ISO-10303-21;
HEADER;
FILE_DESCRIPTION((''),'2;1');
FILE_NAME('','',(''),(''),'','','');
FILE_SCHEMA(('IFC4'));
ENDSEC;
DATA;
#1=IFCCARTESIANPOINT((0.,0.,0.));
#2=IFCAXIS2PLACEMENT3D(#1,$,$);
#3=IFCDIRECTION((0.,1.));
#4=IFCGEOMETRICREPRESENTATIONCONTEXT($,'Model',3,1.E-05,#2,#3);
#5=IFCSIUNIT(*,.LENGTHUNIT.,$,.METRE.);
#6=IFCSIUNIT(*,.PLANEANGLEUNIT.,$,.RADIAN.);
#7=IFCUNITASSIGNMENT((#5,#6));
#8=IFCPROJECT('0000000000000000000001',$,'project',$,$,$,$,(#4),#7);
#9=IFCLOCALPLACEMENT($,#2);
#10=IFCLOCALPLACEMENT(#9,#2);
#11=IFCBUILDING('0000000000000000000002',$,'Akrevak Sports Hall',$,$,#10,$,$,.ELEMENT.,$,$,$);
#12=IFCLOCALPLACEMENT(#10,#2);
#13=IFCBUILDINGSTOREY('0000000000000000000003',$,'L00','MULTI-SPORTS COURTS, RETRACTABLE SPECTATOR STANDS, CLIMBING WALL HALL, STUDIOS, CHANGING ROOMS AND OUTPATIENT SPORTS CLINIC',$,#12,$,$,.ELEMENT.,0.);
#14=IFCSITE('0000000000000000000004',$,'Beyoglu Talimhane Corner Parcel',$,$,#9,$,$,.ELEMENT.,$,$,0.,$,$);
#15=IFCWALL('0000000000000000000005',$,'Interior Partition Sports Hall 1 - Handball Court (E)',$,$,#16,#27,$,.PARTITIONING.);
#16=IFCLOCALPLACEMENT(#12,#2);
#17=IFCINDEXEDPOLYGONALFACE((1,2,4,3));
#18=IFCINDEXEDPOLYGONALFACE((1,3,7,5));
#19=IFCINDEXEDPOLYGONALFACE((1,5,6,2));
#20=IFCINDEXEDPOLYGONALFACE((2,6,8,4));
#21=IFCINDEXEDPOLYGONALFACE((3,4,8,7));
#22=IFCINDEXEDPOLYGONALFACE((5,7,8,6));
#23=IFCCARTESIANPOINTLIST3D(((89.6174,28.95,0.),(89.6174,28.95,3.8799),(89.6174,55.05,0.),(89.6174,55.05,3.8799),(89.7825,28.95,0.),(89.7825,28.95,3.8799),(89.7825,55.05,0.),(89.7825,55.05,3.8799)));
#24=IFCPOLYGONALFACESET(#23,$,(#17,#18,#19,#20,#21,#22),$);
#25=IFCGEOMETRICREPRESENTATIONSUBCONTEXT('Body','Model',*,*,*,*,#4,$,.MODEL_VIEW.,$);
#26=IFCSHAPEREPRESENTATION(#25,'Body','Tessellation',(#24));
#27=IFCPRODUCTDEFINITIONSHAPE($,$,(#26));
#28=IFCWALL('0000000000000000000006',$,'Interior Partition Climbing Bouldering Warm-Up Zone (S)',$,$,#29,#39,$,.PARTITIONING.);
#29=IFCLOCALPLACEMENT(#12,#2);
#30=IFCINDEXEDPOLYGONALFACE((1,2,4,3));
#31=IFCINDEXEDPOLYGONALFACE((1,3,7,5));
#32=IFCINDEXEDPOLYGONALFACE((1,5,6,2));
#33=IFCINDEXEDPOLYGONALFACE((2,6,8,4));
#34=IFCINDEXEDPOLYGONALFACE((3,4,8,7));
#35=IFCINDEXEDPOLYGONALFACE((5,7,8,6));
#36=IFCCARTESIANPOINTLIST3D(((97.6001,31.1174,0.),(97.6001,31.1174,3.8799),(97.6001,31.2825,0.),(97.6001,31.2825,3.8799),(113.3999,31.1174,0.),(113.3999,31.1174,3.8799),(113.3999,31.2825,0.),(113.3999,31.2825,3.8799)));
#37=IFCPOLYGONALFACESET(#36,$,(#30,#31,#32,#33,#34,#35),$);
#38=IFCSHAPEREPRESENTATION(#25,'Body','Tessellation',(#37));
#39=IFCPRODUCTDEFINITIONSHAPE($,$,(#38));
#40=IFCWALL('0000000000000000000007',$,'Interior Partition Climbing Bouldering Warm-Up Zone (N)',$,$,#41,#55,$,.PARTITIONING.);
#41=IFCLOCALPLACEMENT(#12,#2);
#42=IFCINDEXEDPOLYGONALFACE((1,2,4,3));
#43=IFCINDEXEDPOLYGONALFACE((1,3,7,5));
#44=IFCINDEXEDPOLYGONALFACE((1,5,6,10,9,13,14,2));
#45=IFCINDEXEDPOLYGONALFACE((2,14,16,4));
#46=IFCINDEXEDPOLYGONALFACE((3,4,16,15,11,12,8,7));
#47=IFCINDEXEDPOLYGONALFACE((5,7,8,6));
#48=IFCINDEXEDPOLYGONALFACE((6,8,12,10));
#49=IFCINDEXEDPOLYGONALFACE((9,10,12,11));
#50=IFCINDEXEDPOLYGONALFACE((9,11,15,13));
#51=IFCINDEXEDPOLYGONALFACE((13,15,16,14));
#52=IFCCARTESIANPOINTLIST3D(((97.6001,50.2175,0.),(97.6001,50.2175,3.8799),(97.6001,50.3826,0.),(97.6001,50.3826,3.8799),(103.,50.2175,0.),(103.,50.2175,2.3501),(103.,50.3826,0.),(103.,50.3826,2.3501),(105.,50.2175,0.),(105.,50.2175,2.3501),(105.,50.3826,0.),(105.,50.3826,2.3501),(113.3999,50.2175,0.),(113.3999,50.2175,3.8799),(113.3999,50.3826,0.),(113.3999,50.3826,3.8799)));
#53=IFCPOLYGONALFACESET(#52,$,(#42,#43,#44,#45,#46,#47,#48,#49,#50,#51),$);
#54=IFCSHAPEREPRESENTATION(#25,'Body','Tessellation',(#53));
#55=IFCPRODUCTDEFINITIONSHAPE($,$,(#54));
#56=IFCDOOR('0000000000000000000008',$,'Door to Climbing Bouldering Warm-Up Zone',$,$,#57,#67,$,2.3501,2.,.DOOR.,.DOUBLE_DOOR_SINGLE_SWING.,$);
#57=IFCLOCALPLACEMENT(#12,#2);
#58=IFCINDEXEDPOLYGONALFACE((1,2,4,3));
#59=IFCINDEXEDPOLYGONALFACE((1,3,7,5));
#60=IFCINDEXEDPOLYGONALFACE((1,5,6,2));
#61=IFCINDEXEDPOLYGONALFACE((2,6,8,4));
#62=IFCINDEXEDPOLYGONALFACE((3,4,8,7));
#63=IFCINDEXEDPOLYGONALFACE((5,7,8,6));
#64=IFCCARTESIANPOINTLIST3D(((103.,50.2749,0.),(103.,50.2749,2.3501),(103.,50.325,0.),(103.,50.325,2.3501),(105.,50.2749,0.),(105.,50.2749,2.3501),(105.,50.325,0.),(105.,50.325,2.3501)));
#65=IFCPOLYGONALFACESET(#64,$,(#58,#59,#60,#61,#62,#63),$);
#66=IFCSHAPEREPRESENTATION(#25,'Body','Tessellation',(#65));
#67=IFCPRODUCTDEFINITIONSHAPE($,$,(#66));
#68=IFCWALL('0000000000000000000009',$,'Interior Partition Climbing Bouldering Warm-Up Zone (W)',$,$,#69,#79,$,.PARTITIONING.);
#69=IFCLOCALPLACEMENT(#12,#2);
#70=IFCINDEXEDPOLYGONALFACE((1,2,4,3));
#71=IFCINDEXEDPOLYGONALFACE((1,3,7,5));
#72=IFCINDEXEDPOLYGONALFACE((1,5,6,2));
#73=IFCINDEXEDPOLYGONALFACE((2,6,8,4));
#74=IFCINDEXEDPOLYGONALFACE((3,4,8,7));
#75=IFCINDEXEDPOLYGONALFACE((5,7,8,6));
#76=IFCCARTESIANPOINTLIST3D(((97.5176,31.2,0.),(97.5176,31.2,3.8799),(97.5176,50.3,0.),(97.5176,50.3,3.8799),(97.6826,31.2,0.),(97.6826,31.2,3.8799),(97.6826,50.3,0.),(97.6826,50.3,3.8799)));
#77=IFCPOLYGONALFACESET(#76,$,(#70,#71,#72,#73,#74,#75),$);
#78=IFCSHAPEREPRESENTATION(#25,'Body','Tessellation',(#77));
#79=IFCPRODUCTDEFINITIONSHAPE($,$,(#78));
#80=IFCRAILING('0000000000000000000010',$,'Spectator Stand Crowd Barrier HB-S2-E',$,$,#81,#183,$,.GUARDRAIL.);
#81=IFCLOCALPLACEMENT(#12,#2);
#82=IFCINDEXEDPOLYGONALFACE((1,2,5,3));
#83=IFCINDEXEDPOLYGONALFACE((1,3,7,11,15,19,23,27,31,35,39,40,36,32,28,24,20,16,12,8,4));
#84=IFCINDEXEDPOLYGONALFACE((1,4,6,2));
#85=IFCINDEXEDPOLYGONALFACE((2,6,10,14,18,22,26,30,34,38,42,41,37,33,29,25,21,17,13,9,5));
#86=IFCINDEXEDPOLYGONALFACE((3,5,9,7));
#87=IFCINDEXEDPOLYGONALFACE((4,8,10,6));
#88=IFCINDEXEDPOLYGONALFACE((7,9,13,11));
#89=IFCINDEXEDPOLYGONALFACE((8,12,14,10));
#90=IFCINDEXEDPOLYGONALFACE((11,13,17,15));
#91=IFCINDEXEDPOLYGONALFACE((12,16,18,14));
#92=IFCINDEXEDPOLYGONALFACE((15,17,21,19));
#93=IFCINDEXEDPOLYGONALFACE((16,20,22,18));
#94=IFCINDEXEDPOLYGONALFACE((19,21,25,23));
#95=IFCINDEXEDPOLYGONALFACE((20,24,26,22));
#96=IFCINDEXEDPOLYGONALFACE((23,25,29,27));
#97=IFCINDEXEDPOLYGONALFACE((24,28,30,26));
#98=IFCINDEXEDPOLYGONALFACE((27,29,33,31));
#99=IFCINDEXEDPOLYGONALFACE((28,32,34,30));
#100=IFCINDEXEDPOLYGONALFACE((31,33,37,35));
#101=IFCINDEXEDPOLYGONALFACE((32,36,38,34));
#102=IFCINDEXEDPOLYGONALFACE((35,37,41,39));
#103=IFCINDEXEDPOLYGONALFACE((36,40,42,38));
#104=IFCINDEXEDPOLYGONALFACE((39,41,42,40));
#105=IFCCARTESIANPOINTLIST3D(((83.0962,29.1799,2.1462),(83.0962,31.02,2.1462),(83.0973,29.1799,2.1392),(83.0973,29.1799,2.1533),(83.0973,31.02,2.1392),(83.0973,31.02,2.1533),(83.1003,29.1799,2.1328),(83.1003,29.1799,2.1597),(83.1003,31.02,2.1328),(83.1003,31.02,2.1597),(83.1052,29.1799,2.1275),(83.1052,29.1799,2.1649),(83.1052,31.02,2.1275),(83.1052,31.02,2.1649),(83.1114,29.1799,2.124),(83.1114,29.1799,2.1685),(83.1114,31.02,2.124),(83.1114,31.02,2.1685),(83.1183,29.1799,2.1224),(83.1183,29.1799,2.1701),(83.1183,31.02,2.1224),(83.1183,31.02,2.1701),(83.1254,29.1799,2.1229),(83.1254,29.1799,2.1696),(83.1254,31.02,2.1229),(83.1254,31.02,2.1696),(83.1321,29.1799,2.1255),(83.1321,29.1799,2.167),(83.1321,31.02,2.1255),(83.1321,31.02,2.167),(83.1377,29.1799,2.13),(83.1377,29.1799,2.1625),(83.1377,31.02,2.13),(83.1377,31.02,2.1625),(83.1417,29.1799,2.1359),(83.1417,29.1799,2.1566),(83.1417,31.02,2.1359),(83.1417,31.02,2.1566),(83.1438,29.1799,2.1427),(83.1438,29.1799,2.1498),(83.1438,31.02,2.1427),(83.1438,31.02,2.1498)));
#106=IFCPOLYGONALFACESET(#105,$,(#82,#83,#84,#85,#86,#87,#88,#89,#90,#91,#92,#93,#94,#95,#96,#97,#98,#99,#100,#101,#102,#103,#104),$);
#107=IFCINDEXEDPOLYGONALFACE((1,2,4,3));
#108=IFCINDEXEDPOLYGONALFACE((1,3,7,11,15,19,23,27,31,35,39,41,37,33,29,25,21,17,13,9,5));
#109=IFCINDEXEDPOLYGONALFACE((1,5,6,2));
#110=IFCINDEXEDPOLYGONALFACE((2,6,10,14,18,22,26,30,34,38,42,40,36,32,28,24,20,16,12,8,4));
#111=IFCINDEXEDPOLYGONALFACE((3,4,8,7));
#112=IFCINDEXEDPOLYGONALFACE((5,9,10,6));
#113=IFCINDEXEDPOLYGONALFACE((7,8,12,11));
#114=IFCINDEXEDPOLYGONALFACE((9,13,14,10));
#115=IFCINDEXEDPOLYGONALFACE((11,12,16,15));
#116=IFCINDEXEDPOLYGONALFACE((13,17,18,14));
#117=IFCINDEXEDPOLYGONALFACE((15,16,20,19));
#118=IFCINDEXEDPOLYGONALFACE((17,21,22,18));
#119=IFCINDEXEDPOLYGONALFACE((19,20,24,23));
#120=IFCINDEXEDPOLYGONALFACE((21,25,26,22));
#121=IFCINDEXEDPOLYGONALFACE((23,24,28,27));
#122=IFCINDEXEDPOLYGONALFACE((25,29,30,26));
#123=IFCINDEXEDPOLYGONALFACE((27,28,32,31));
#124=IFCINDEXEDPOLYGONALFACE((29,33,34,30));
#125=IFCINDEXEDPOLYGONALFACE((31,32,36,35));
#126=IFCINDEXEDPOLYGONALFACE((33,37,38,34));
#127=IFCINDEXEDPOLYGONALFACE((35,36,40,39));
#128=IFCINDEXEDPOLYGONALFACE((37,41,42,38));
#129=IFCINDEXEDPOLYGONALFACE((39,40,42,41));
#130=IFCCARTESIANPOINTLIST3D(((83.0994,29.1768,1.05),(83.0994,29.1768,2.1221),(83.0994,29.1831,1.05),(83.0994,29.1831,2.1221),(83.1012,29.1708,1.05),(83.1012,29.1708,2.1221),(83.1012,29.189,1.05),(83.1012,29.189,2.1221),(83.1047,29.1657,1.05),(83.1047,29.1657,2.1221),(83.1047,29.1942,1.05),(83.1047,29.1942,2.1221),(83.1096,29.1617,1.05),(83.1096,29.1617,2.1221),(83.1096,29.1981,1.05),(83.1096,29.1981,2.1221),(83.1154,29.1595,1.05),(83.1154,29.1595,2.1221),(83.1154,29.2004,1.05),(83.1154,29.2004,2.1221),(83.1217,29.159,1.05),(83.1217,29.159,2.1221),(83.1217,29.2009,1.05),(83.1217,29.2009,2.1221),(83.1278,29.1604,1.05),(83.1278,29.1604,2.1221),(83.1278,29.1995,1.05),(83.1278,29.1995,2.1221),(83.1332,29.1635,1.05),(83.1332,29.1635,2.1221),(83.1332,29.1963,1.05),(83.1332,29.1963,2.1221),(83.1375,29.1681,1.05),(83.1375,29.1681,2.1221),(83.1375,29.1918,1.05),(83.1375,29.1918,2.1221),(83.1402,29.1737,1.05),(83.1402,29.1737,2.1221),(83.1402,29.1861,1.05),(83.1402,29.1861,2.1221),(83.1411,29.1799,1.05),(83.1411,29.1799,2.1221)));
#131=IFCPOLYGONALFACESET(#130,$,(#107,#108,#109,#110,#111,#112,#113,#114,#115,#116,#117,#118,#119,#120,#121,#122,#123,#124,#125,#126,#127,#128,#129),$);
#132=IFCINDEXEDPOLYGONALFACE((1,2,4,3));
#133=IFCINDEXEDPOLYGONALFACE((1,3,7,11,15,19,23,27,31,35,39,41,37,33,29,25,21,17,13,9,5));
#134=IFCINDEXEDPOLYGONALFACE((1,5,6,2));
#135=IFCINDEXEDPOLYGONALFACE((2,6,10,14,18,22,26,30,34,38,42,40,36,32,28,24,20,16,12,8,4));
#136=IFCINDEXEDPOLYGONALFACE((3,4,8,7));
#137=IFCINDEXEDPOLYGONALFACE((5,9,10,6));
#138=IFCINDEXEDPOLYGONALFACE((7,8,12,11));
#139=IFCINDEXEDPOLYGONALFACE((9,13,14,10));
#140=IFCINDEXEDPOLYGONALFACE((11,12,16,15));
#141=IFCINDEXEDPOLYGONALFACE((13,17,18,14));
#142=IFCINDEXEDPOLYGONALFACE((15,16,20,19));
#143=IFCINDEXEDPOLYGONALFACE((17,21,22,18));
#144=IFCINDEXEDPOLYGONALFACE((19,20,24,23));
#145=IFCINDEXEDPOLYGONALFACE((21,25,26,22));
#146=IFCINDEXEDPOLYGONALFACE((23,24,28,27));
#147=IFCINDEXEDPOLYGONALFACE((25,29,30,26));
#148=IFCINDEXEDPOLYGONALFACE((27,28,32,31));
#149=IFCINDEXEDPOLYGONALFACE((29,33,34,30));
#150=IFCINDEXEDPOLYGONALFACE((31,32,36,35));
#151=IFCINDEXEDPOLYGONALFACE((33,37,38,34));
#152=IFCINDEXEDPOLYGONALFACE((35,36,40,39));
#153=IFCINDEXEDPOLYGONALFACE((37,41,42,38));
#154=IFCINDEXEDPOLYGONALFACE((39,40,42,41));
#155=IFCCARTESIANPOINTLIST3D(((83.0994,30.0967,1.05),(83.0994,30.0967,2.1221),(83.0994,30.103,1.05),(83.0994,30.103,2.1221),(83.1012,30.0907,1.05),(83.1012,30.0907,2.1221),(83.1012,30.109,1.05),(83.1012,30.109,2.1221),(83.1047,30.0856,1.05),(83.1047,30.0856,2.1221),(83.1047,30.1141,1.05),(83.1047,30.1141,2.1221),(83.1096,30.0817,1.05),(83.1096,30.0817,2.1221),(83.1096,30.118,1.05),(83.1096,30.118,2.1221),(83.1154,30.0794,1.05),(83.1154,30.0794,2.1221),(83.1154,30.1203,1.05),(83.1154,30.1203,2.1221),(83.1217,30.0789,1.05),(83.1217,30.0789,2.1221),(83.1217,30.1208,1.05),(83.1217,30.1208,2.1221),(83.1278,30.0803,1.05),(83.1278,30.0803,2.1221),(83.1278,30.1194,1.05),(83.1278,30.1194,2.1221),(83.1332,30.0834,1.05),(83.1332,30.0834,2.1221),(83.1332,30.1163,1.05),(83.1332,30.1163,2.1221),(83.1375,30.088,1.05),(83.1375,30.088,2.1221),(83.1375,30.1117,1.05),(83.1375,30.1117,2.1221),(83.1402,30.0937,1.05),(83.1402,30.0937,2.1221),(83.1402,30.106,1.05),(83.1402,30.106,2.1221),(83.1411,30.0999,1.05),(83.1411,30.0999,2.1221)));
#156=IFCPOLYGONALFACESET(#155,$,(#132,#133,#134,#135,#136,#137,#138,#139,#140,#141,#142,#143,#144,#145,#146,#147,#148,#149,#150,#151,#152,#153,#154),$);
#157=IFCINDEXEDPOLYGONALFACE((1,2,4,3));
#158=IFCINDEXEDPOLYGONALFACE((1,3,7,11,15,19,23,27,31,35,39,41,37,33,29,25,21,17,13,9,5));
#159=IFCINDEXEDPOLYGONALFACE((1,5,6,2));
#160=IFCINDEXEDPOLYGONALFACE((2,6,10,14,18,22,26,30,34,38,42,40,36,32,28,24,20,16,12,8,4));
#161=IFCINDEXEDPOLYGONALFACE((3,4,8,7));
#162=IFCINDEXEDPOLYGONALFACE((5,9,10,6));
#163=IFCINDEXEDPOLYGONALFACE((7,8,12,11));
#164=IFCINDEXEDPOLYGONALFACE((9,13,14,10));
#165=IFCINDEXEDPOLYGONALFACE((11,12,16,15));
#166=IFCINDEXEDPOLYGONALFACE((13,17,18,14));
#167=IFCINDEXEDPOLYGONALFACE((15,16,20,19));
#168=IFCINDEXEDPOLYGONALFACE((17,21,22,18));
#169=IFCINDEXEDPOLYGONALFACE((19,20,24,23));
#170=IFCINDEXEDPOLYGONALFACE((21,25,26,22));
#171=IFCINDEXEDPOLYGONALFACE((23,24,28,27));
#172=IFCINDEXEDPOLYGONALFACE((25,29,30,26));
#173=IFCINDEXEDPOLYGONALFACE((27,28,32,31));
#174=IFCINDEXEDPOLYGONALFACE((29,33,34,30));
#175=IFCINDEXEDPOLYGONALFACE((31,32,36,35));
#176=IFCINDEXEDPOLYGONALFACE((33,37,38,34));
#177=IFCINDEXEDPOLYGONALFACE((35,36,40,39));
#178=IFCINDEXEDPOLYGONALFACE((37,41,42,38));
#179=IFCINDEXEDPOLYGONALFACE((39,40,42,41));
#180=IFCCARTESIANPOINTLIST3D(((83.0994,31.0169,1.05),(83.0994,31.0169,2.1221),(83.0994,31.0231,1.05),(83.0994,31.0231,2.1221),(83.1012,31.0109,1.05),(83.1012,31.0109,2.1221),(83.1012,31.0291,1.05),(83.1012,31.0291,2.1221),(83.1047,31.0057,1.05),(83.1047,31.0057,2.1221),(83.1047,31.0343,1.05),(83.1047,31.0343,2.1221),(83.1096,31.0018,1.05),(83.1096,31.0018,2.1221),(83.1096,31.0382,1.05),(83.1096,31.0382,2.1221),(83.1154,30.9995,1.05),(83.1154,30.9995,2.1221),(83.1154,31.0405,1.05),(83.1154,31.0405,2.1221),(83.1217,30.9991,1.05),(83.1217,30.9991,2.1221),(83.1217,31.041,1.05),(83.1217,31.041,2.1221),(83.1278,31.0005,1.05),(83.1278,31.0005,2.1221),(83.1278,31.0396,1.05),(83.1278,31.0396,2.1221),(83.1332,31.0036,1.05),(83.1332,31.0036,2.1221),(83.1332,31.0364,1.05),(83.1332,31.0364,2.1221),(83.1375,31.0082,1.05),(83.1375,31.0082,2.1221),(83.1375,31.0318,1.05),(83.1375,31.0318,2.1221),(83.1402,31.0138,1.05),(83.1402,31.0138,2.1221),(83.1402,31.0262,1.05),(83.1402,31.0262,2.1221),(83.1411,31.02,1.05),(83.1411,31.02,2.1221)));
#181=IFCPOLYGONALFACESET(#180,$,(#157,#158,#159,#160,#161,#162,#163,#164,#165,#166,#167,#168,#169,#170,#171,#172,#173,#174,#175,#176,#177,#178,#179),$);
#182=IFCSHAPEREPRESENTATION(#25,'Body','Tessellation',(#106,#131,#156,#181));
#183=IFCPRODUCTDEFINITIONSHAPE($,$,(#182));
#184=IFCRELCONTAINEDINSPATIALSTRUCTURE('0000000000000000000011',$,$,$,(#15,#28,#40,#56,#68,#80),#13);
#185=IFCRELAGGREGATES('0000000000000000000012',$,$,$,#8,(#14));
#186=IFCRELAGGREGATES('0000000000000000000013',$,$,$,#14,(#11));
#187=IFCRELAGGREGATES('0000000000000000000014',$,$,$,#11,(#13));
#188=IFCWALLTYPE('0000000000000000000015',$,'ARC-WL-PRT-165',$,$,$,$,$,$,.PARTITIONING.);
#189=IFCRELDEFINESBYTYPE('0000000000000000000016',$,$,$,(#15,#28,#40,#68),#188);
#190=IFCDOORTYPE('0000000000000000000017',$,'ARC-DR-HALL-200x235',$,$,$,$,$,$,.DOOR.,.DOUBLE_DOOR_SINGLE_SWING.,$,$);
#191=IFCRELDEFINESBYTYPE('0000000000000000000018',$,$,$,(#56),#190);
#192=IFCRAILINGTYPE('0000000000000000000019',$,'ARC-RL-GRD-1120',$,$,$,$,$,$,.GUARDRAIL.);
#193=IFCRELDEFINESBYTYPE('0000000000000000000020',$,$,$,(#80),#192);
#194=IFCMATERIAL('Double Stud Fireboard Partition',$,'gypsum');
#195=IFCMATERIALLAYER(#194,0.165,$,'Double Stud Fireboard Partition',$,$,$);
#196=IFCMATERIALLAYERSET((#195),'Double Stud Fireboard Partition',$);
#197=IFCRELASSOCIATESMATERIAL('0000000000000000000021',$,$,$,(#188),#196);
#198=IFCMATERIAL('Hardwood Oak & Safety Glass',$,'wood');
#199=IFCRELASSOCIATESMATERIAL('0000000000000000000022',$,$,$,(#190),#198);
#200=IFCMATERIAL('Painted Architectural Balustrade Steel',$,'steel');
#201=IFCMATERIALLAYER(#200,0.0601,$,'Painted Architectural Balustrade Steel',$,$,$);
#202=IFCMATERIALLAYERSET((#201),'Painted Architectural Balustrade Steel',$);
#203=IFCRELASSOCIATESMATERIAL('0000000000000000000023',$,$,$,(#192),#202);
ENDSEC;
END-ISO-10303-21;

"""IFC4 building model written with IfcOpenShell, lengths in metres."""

from ifc_helpers import new_model, si_unit, direction, frame, frame_2d, origin, origin_2d, place, context, subcontext, project, spatial, rectangle, circle, extrude, material, layer, layer_set, type_object, element, fill, save


model = new_model("IFC4")

# Units and contexts
model_context = context("Model", 3, precision=1e-05, world=origin(), true_north=direction((0.0, 1.0)))
body_context = subcontext(model_context, "Body", "Model", "MODEL_VIEW")
ifc_project = project(units=[si_unit("LENGTHUNIT", "METRE"), si_unit("PLANEANGLEUNIT", "RADIAN")], contexts=[model_context])

# Site, building, storey
site_placement = place(None, origin())
site = spatial("IfcSite", under=ifc_project, at=site_placement, Name="Beyoglu Talimhane Corner Parcel", CompositionType="ELEMENT", RefElevation=0.0)
building_placement = place(site_placement, origin())
building = spatial("IfcBuilding", under=site, at=building_placement, Name="Akrevak Sports Hall", CompositionType="ELEMENT")
storey_placement = place(building_placement, origin())
storey = spatial("IfcBuildingStorey", under=building, at=storey_placement, Name="L00", Description="MULTI-SPORTS COURTS, RETRACTABLE SPECTATOR STANDS, CLIMBING WALL HALL, STUDIOS, CHANGING ROOMS AND OUTPATIENT SPORTS CLINIC", CompositionType="ELEMENT", Elevation=0.0)

# Walls
ifc_material_1 = material(Name="Double Stud Fireboard Partition", Category="gypsum")
ifc_layer_1 = layer(ifc_material_1, 0.165, Name="Double Stud Fireboard Partition")
ifc_layer_set_1 = layer_set([ifc_layer_1], Name="Double Stud Fireboard Partition")
wall_type = type_object("IfcWallType", Name="ARC-WL-PRT-165", PredefinedType="PARTITIONING", material=ifc_layer_set_1)
wall_1_placement = place(storey_placement, frame((89.7, 28.95, 0.0), z_axis=(0.0, 0.0, 1.0), x_axis=(0.0, 1.0, 0.0)))
element("IfcWall", 1, at=wall_1_placement, inside=storey, type_object=wall_type, Name="Interior Partition Sports Hall 1 - Handball Court (E)", PredefinedType="PARTITIONING", context=body_context, shape_type="SweptSolid", body=[
    extrude(rectangle(XDim=26.1001, YDim=0.165, at=frame_2d((13.05, 0.0))), origin(), (0.0, 0.0, 1.0), 3.8799),
])
wall_2_placement = place(storey_placement, frame((97.6001, 31.2, 0.0), z_axis=(0.0, 0.0, 1.0), x_axis=(1.0, 0.0, 0.0)))
element("IfcWall", 2, at=wall_2_placement, inside=storey, type_object=wall_type, Name="Interior Partition Climbing Bouldering Warm-Up Zone (S)", PredefinedType="PARTITIONING", context=body_context, shape_type="SweptSolid", body=[
    extrude(rectangle(XDim=15.7998, YDim=0.165, at=frame_2d((7.8999, 0.0))), origin(), (0.0, 0.0, 1.0), 3.8799),
])

# Wall, opening, door
wall_3_placement = place(storey_placement, frame((97.6001, 50.3, 0.0), z_axis=(0.0, 0.0, 1.0), x_axis=(1.0, 0.0, 0.0)))
wall_3 = element("IfcWall", 3, at=wall_3_placement, inside=storey, type_object=wall_type, Name="Interior Partition Climbing Bouldering Warm-Up Zone (N)", PredefinedType="PARTITIONING", context=body_context, shape_type="SweptSolid", body=[
    extrude(rectangle(XDim=15.7998, YDim=0.165, at=frame_2d((7.8999, 0.0))), origin(), (0.0, 0.0, 1.0), 3.8799),
])
opening_placement = place(wall_3_placement, frame((5.3999, 0.0, 0.0)))
opening = element("IfcOpeningElement", 4, at=opening_placement, cuts=wall_3, PredefinedType="OPENING", context=body_context, shape_type="SweptSolid", body=[
    extrude(rectangle(XDim=2.0, YDim=2.3501, at=frame_2d((1.0, 1.175))), frame((0.0, 0.0945, 0.0), z_axis=(0.0, -1.0, 0.0), x_axis=(1.0, 0.0, 0.0)), (0.0, 0.0, 1.0), 0.189),
])
ifc_material_2 = material(Name="Hardwood Oak & Safety Glass", Category="wood")
door_type = type_object("IfcDoorType", Name="ARC-DR-HALL-200x235", OperationType="DOUBLE_DOOR_SINGLE_SWING", PredefinedType="DOOR", material=ifc_material_2)
door_placement = place(opening_placement, origin())
door = element("IfcDoor", 5, at=door_placement, inside=storey, type_object=door_type, Name="Door to Climbing Bouldering Warm-Up Zone", OperationType="DOUBLE_DOOR_SINGLE_SWING", OverallHeight=2.3501, OverallWidth=2.0, PredefinedType="DOOR", context=body_context, shape_type="SweptSolid", body=[
    extrude(rectangle(XDim=2.0, YDim=2.3501, at=frame_2d((1.0, 1.175))), frame((0.0, 0.0249, 0.0), z_axis=(0.0, -1.0, 0.0), x_axis=(1.0, 0.0, 0.0)), (0.0, 0.0, 1.0), 0.05),
])
fill(opening, door)

# Wall
wall_4_placement = place(storey_placement, frame((97.6001, 31.2, 0.0), z_axis=(0.0, 0.0, 1.0), x_axis=(0.0, 1.0, 0.0)))
element("IfcWall", 6, at=wall_4_placement, inside=storey, type_object=wall_type, Name="Interior Partition Climbing Bouldering Warm-Up Zone (W)", PredefinedType="PARTITIONING", context=body_context, shape_type="SweptSolid", body=[
    extrude(rectangle(XDim=19.1001, YDim=0.165, at=frame_2d((9.55, 0.0))), origin(), (0.0, 0.0, 1.0), 3.8799),
])

# Railing
ifc_material_3 = material(Name="Painted Architectural Balustrade Steel", Category="steel")
ifc_layer_2 = layer(ifc_material_3, 0.0601, Name="Painted Architectural Balustrade Steel")
ifc_layer_set_2 = layer_set([ifc_layer_2], Name="Painted Architectural Balustrade Steel")
railing_type = type_object("IfcRailingType", Name="ARC-RL-GRD-1120", PredefinedType="GUARDRAIL", material=ifc_layer_set_2)
for number, where, name in (
    (7, (83.1201, 29.1799, 1.05), "Spectator Stand Crowd Barrier HB-S2-E"),
):
    element("IfcRailing", number, at=place(storey_placement, frame(where)), inside=storey, type_object=railing_type, Name=name, PredefinedType="GUARDRAIL", context=body_context, shape_type="SweptSolid", body=[
        extrude(circle(Radius=0.0239, at=origin_2d()), frame((0.0, 0.0, 1.0962), z_axis=(0.0, 1.0, 0.0), x_axis=(-1.0, 0.0, 0.0)), (0.0, 0.0, 1.0), 1.8401),
        extrude(circle(Radius=0.021, at=origin_2d()), origin(), (0.0, 0.0, 1.0), 1.072),
        extrude(circle(Radius=0.021, at=origin_2d()), frame((0.0, 0.9199, 0.0)), (0.0, 0.0, 1.0), 1.072),
        extrude(circle(Radius=0.021, at=origin_2d()), frame((0.0, 1.8401, 0.0)), (0.0, 0.0, 1.0), 1.072),
    ])

save(model, "model.ifc")
